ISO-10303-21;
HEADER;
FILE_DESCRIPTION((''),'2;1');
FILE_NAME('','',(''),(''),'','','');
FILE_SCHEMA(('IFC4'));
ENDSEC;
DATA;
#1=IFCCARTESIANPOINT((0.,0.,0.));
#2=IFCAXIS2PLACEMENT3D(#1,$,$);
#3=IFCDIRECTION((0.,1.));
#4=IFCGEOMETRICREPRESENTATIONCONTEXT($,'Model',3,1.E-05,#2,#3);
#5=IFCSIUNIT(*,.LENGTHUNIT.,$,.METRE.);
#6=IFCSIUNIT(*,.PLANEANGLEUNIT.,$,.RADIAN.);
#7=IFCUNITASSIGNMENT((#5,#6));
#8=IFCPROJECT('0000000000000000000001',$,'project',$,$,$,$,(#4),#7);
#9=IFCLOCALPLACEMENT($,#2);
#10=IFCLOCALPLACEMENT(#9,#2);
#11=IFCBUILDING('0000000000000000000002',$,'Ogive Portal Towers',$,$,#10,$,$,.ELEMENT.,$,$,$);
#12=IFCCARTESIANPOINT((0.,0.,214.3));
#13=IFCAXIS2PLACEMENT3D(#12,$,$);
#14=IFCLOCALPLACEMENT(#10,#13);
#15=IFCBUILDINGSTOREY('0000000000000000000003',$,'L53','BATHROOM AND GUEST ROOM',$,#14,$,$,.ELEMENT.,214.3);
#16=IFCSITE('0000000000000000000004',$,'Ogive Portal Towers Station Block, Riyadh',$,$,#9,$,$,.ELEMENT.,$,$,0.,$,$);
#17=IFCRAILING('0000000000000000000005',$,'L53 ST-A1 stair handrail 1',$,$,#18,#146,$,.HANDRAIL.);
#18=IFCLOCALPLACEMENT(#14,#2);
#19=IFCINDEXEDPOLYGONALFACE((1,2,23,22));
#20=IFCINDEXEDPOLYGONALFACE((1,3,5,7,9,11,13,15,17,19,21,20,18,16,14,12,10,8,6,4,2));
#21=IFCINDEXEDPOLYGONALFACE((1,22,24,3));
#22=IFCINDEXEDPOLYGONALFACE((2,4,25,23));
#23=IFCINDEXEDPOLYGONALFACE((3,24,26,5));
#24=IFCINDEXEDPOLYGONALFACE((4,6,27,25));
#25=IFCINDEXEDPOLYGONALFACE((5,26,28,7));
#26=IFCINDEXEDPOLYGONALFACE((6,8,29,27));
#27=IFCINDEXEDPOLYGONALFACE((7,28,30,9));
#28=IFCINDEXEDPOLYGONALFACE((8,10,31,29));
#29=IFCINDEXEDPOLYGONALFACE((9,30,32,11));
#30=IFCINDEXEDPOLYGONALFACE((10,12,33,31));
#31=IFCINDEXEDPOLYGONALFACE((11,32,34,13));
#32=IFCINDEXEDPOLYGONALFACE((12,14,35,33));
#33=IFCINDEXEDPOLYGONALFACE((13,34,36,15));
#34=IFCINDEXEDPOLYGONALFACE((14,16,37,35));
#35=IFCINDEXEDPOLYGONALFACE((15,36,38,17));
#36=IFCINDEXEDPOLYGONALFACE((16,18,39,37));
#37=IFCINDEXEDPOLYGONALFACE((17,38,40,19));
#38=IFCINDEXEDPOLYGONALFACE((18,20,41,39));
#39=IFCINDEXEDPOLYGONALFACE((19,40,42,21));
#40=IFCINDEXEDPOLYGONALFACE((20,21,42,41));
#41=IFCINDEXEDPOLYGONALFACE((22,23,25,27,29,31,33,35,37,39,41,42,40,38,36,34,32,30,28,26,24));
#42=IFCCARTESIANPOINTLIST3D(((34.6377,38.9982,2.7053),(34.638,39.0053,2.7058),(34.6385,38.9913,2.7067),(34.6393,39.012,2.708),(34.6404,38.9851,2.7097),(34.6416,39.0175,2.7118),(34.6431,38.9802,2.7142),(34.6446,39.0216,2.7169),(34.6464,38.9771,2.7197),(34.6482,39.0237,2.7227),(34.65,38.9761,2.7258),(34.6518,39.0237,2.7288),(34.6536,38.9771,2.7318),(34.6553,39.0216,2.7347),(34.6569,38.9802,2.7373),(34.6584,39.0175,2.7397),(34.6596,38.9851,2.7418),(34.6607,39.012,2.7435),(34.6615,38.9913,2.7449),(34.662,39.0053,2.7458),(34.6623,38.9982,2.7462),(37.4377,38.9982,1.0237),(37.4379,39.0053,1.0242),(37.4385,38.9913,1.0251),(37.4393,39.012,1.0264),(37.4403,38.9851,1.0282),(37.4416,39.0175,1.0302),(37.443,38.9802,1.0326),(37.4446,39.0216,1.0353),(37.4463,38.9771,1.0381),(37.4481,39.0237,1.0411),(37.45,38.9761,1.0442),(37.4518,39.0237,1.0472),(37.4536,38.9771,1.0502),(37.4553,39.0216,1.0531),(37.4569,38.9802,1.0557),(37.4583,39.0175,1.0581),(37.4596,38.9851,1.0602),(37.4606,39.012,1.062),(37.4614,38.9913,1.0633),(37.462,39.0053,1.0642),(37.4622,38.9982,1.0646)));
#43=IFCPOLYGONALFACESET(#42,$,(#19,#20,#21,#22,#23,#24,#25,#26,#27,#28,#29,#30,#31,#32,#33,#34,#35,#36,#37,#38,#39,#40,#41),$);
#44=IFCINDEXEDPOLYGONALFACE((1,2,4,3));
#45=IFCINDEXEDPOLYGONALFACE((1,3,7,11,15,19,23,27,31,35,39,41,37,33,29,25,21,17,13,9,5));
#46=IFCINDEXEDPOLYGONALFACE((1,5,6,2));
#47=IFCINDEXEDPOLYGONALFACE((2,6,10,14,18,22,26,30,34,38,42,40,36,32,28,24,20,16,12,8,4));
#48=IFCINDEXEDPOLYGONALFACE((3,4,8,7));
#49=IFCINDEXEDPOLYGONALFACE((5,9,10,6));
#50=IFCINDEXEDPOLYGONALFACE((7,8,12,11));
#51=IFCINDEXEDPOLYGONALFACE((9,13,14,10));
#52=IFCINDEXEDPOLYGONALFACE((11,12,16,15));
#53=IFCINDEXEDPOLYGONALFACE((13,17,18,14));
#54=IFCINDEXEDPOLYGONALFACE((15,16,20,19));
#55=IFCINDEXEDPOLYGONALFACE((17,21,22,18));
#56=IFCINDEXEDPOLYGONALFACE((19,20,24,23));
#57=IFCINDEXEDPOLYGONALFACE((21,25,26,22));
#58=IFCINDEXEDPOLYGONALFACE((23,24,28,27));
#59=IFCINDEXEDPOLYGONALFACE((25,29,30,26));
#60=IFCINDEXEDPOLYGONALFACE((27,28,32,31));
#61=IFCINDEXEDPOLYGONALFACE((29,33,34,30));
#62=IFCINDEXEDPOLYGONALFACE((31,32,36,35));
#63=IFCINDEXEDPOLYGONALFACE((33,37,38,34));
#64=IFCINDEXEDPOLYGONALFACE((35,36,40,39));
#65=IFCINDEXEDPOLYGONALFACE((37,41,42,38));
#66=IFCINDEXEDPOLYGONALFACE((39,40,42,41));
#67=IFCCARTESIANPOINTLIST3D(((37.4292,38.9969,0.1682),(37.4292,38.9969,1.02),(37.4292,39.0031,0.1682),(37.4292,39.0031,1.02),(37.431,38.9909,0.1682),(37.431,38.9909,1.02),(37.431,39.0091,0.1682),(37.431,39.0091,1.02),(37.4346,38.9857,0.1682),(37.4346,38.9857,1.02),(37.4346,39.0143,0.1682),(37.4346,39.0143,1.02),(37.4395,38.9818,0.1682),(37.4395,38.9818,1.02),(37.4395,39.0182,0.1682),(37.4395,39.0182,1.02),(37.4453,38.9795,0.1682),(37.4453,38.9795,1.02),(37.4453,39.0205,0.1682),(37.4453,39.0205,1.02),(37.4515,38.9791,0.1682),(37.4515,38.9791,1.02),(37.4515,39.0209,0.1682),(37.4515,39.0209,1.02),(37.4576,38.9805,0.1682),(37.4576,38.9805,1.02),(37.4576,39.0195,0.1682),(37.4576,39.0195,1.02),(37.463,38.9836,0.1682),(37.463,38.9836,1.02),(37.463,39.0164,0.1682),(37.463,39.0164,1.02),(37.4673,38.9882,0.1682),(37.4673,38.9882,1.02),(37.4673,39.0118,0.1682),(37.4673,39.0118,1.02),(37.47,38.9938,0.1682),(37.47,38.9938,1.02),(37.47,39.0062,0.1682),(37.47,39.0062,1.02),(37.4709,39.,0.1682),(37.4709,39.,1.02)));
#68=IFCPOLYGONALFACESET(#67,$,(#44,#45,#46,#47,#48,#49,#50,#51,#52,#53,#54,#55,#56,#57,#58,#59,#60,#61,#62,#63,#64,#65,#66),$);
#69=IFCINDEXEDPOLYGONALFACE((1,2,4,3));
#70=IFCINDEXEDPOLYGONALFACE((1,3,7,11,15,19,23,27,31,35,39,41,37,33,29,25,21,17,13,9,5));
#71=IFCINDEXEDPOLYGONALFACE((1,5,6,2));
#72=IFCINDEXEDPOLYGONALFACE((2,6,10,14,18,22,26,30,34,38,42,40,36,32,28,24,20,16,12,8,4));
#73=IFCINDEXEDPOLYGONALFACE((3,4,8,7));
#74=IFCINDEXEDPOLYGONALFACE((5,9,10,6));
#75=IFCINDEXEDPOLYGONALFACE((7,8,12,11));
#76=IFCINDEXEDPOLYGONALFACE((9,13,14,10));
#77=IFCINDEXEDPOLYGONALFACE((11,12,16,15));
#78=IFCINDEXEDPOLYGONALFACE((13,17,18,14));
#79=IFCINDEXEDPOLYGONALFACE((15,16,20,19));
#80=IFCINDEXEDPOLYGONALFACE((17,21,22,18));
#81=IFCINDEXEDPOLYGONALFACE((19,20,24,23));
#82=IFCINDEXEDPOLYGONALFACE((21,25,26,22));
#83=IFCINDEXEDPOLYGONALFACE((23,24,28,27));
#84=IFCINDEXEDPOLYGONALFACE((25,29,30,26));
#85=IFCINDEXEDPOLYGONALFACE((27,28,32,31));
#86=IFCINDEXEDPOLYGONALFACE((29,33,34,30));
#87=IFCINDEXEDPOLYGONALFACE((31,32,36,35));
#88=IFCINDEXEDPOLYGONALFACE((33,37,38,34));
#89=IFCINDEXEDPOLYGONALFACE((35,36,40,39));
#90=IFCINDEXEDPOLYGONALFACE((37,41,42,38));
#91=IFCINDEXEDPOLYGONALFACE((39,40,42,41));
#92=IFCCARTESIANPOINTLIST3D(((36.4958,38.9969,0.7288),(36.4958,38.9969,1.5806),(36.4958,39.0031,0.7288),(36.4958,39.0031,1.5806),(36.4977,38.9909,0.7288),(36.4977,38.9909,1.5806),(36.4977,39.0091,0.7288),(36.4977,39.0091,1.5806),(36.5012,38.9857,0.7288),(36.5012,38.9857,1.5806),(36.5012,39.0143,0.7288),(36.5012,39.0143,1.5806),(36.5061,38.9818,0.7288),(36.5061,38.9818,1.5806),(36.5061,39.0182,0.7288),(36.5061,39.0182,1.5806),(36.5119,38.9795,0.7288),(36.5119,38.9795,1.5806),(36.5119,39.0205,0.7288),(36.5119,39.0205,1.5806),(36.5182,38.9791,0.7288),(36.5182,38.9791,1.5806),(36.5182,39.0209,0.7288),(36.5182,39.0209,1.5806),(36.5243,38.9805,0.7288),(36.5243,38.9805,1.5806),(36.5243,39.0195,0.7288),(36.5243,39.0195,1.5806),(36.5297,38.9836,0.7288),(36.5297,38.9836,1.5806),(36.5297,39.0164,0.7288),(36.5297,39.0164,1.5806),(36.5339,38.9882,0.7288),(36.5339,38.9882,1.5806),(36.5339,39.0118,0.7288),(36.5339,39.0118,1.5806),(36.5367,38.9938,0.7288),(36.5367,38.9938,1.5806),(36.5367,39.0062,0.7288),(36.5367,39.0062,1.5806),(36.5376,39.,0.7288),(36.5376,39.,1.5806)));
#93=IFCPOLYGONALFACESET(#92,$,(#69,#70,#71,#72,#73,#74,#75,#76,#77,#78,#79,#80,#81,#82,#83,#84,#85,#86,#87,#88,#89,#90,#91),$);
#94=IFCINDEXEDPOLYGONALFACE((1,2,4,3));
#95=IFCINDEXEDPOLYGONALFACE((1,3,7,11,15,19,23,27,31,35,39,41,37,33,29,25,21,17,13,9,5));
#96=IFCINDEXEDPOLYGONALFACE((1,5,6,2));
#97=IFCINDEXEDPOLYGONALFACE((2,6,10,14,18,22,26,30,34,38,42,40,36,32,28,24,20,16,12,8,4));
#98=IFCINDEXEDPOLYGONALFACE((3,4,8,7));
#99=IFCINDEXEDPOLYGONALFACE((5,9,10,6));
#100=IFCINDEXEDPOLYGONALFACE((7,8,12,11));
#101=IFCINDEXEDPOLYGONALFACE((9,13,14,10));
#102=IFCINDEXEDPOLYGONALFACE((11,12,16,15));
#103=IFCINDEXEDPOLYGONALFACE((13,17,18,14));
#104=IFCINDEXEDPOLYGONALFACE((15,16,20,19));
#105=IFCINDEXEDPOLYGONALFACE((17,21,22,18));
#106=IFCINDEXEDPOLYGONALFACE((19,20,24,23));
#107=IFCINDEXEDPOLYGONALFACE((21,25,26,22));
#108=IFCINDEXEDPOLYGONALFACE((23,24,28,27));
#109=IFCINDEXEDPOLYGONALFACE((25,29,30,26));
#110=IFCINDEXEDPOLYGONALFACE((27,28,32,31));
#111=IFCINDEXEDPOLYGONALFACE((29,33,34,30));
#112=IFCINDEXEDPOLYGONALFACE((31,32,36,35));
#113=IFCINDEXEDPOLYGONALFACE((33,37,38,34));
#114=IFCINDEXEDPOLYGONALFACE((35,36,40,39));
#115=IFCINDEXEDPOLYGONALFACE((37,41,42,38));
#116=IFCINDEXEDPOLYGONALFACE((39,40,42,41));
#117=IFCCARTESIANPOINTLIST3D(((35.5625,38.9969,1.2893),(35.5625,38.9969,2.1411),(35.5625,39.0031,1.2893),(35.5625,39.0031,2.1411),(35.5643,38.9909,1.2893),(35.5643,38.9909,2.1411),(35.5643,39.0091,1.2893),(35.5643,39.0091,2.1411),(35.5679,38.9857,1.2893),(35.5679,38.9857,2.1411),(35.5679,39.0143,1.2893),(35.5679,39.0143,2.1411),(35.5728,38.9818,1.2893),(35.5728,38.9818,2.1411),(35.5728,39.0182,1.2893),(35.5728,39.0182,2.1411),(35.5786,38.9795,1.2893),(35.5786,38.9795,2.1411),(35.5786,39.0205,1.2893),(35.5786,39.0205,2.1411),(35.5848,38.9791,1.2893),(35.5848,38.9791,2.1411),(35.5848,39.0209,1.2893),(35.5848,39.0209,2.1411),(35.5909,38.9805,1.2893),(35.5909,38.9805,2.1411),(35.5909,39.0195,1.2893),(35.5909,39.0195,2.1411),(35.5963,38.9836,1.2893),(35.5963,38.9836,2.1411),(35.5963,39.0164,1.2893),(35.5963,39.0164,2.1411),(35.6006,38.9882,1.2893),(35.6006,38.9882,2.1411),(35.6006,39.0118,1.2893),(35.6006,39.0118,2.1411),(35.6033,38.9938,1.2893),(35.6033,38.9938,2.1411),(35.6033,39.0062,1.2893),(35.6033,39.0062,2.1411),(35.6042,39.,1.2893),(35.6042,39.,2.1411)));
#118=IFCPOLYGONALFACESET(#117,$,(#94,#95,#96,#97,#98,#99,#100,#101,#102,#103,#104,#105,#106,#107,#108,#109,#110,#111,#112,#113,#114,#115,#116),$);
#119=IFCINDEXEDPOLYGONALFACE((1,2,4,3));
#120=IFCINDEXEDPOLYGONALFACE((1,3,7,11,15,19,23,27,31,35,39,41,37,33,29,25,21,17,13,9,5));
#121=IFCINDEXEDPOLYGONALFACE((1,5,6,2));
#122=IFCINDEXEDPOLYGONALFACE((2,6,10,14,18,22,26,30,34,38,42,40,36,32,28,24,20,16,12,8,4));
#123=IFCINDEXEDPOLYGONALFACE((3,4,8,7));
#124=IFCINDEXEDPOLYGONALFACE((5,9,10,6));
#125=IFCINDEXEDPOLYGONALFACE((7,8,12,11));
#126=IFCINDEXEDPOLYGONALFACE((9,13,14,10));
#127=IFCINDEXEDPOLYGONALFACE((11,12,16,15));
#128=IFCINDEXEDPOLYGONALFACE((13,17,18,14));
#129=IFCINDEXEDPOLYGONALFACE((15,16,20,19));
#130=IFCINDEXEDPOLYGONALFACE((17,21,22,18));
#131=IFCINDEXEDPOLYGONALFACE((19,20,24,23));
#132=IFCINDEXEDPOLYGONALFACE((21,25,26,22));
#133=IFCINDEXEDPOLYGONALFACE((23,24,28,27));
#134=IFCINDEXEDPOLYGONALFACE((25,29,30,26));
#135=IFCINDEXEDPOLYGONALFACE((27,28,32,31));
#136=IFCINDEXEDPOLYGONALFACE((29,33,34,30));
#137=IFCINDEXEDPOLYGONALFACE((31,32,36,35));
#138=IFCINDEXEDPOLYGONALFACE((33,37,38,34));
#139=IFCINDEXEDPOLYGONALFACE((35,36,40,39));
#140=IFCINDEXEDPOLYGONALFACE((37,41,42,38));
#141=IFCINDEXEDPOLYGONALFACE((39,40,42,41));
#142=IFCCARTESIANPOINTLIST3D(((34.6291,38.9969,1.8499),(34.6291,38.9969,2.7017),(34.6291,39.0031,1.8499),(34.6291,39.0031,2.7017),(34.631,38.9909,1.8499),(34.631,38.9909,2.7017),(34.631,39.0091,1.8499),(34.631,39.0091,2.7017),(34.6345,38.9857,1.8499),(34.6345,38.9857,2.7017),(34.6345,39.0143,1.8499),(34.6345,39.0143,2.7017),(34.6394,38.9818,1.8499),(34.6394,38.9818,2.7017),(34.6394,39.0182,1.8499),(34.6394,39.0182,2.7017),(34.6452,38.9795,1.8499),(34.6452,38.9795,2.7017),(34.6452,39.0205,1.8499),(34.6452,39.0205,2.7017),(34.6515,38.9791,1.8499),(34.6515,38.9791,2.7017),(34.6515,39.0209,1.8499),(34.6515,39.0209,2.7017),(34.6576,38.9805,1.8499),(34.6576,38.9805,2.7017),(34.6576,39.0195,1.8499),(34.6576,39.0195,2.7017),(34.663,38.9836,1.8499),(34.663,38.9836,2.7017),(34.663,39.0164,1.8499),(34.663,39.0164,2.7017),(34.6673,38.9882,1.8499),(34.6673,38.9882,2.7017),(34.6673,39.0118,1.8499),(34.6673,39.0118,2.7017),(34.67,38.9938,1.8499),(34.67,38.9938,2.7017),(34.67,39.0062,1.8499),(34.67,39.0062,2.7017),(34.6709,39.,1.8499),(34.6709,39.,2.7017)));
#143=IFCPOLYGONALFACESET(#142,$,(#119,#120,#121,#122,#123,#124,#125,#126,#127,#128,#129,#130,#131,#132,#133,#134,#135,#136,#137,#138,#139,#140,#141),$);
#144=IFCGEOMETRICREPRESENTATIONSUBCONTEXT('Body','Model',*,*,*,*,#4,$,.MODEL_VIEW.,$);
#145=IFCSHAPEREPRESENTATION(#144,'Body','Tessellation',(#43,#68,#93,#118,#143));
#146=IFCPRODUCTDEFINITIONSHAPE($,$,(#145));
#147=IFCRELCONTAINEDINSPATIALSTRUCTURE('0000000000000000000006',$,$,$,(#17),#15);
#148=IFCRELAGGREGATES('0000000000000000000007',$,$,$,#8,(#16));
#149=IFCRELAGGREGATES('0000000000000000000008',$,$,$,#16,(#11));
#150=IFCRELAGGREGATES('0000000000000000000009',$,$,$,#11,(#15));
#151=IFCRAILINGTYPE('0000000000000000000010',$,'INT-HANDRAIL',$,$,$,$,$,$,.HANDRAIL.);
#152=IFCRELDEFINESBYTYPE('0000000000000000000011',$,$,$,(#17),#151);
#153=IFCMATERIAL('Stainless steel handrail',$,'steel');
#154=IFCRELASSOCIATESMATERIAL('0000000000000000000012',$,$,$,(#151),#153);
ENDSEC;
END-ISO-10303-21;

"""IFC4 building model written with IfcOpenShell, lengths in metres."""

from ifc_helpers import new_model, si_unit, direction, frame, origin, origin_2d, place, context, subcontext, project, spatial, circle, extrude, material, type_object, element, save


model = new_model("IFC4")

# Units and contexts
model_context = context("Model", 3, precision=1e-05, world=origin(), true_north=direction((0.0, 1.0)))
body_context = subcontext(model_context, "Body", "Model", "MODEL_VIEW")
ifc_project = project(units=[si_unit("LENGTHUNIT", "METRE"), si_unit("PLANEANGLEUNIT", "RADIAN")], contexts=[model_context])

# Site, building, storey
site_placement = place(None, origin())
site = spatial("IfcSite", under=ifc_project, at=site_placement, Name="Ogive Portal Towers Station Block, Riyadh", CompositionType="ELEMENT", RefElevation=0.0)
building_placement = place(site_placement, origin())
building = spatial("IfcBuilding", under=site, at=building_placement, Name="Ogive Portal Towers", CompositionType="ELEMENT")
storey_placement = place(building_placement, frame((0.0, 0.0, 214.3)))
storey = spatial("IfcBuildingStorey", under=building, at=storey_placement, Name="L53", Description="BATHROOM AND GUEST ROOM", CompositionType="ELEMENT", Elevation=214.3)

# Railing
ifc_material_1 = material(Name="Stainless steel handrail", Category="steel")
railing_type_1 = type_object("IfcRailingType", Name="INT-HANDRAIL", PredefinedType="HANDRAIL", material=ifc_material_1)
railing_1_placement = place(storey_placement, frame((37.45, 39.0, 0.1682)))
element("IfcRailing", 1, at=railing_1_placement, inside=storey, type_object=railing_type_1, Name="L53 ST-A1 stair handrail 1", PredefinedType="HANDRAIL", context=body_context, shape_type="SweptSolid", body=[
    extrude(circle(Radius=0.0239, at=origin_2d()), frame((0.0, 0.0, 0.876), z_axis=(-0.857275, 0.0, 0.514858), x_axis=(0.0, -1.0, 0.0)), (0.0, 0.0, 1.0), 3.2661),
    extrude(circle(Radius=0.021, at=origin_2d()), origin(), (0.0, 0.0, 1.0), 0.8518),
    extrude(circle(Radius=0.021, at=origin_2d()), frame((-0.9333, 0.0, 0.5605)), (0.0, 0.0, 1.0), 0.8518),
    extrude(circle(Radius=0.021, at=origin_2d()), frame((-1.8667, 0.0, 1.1211)), (0.0, 0.0, 1.0), 0.8518),
    extrude(circle(Radius=0.021, at=origin_2d()), frame((-2.8, 0.0, 1.6816)), (0.0, 0.0, 1.0), 0.8518),
])

save(model, "model.ifc")
